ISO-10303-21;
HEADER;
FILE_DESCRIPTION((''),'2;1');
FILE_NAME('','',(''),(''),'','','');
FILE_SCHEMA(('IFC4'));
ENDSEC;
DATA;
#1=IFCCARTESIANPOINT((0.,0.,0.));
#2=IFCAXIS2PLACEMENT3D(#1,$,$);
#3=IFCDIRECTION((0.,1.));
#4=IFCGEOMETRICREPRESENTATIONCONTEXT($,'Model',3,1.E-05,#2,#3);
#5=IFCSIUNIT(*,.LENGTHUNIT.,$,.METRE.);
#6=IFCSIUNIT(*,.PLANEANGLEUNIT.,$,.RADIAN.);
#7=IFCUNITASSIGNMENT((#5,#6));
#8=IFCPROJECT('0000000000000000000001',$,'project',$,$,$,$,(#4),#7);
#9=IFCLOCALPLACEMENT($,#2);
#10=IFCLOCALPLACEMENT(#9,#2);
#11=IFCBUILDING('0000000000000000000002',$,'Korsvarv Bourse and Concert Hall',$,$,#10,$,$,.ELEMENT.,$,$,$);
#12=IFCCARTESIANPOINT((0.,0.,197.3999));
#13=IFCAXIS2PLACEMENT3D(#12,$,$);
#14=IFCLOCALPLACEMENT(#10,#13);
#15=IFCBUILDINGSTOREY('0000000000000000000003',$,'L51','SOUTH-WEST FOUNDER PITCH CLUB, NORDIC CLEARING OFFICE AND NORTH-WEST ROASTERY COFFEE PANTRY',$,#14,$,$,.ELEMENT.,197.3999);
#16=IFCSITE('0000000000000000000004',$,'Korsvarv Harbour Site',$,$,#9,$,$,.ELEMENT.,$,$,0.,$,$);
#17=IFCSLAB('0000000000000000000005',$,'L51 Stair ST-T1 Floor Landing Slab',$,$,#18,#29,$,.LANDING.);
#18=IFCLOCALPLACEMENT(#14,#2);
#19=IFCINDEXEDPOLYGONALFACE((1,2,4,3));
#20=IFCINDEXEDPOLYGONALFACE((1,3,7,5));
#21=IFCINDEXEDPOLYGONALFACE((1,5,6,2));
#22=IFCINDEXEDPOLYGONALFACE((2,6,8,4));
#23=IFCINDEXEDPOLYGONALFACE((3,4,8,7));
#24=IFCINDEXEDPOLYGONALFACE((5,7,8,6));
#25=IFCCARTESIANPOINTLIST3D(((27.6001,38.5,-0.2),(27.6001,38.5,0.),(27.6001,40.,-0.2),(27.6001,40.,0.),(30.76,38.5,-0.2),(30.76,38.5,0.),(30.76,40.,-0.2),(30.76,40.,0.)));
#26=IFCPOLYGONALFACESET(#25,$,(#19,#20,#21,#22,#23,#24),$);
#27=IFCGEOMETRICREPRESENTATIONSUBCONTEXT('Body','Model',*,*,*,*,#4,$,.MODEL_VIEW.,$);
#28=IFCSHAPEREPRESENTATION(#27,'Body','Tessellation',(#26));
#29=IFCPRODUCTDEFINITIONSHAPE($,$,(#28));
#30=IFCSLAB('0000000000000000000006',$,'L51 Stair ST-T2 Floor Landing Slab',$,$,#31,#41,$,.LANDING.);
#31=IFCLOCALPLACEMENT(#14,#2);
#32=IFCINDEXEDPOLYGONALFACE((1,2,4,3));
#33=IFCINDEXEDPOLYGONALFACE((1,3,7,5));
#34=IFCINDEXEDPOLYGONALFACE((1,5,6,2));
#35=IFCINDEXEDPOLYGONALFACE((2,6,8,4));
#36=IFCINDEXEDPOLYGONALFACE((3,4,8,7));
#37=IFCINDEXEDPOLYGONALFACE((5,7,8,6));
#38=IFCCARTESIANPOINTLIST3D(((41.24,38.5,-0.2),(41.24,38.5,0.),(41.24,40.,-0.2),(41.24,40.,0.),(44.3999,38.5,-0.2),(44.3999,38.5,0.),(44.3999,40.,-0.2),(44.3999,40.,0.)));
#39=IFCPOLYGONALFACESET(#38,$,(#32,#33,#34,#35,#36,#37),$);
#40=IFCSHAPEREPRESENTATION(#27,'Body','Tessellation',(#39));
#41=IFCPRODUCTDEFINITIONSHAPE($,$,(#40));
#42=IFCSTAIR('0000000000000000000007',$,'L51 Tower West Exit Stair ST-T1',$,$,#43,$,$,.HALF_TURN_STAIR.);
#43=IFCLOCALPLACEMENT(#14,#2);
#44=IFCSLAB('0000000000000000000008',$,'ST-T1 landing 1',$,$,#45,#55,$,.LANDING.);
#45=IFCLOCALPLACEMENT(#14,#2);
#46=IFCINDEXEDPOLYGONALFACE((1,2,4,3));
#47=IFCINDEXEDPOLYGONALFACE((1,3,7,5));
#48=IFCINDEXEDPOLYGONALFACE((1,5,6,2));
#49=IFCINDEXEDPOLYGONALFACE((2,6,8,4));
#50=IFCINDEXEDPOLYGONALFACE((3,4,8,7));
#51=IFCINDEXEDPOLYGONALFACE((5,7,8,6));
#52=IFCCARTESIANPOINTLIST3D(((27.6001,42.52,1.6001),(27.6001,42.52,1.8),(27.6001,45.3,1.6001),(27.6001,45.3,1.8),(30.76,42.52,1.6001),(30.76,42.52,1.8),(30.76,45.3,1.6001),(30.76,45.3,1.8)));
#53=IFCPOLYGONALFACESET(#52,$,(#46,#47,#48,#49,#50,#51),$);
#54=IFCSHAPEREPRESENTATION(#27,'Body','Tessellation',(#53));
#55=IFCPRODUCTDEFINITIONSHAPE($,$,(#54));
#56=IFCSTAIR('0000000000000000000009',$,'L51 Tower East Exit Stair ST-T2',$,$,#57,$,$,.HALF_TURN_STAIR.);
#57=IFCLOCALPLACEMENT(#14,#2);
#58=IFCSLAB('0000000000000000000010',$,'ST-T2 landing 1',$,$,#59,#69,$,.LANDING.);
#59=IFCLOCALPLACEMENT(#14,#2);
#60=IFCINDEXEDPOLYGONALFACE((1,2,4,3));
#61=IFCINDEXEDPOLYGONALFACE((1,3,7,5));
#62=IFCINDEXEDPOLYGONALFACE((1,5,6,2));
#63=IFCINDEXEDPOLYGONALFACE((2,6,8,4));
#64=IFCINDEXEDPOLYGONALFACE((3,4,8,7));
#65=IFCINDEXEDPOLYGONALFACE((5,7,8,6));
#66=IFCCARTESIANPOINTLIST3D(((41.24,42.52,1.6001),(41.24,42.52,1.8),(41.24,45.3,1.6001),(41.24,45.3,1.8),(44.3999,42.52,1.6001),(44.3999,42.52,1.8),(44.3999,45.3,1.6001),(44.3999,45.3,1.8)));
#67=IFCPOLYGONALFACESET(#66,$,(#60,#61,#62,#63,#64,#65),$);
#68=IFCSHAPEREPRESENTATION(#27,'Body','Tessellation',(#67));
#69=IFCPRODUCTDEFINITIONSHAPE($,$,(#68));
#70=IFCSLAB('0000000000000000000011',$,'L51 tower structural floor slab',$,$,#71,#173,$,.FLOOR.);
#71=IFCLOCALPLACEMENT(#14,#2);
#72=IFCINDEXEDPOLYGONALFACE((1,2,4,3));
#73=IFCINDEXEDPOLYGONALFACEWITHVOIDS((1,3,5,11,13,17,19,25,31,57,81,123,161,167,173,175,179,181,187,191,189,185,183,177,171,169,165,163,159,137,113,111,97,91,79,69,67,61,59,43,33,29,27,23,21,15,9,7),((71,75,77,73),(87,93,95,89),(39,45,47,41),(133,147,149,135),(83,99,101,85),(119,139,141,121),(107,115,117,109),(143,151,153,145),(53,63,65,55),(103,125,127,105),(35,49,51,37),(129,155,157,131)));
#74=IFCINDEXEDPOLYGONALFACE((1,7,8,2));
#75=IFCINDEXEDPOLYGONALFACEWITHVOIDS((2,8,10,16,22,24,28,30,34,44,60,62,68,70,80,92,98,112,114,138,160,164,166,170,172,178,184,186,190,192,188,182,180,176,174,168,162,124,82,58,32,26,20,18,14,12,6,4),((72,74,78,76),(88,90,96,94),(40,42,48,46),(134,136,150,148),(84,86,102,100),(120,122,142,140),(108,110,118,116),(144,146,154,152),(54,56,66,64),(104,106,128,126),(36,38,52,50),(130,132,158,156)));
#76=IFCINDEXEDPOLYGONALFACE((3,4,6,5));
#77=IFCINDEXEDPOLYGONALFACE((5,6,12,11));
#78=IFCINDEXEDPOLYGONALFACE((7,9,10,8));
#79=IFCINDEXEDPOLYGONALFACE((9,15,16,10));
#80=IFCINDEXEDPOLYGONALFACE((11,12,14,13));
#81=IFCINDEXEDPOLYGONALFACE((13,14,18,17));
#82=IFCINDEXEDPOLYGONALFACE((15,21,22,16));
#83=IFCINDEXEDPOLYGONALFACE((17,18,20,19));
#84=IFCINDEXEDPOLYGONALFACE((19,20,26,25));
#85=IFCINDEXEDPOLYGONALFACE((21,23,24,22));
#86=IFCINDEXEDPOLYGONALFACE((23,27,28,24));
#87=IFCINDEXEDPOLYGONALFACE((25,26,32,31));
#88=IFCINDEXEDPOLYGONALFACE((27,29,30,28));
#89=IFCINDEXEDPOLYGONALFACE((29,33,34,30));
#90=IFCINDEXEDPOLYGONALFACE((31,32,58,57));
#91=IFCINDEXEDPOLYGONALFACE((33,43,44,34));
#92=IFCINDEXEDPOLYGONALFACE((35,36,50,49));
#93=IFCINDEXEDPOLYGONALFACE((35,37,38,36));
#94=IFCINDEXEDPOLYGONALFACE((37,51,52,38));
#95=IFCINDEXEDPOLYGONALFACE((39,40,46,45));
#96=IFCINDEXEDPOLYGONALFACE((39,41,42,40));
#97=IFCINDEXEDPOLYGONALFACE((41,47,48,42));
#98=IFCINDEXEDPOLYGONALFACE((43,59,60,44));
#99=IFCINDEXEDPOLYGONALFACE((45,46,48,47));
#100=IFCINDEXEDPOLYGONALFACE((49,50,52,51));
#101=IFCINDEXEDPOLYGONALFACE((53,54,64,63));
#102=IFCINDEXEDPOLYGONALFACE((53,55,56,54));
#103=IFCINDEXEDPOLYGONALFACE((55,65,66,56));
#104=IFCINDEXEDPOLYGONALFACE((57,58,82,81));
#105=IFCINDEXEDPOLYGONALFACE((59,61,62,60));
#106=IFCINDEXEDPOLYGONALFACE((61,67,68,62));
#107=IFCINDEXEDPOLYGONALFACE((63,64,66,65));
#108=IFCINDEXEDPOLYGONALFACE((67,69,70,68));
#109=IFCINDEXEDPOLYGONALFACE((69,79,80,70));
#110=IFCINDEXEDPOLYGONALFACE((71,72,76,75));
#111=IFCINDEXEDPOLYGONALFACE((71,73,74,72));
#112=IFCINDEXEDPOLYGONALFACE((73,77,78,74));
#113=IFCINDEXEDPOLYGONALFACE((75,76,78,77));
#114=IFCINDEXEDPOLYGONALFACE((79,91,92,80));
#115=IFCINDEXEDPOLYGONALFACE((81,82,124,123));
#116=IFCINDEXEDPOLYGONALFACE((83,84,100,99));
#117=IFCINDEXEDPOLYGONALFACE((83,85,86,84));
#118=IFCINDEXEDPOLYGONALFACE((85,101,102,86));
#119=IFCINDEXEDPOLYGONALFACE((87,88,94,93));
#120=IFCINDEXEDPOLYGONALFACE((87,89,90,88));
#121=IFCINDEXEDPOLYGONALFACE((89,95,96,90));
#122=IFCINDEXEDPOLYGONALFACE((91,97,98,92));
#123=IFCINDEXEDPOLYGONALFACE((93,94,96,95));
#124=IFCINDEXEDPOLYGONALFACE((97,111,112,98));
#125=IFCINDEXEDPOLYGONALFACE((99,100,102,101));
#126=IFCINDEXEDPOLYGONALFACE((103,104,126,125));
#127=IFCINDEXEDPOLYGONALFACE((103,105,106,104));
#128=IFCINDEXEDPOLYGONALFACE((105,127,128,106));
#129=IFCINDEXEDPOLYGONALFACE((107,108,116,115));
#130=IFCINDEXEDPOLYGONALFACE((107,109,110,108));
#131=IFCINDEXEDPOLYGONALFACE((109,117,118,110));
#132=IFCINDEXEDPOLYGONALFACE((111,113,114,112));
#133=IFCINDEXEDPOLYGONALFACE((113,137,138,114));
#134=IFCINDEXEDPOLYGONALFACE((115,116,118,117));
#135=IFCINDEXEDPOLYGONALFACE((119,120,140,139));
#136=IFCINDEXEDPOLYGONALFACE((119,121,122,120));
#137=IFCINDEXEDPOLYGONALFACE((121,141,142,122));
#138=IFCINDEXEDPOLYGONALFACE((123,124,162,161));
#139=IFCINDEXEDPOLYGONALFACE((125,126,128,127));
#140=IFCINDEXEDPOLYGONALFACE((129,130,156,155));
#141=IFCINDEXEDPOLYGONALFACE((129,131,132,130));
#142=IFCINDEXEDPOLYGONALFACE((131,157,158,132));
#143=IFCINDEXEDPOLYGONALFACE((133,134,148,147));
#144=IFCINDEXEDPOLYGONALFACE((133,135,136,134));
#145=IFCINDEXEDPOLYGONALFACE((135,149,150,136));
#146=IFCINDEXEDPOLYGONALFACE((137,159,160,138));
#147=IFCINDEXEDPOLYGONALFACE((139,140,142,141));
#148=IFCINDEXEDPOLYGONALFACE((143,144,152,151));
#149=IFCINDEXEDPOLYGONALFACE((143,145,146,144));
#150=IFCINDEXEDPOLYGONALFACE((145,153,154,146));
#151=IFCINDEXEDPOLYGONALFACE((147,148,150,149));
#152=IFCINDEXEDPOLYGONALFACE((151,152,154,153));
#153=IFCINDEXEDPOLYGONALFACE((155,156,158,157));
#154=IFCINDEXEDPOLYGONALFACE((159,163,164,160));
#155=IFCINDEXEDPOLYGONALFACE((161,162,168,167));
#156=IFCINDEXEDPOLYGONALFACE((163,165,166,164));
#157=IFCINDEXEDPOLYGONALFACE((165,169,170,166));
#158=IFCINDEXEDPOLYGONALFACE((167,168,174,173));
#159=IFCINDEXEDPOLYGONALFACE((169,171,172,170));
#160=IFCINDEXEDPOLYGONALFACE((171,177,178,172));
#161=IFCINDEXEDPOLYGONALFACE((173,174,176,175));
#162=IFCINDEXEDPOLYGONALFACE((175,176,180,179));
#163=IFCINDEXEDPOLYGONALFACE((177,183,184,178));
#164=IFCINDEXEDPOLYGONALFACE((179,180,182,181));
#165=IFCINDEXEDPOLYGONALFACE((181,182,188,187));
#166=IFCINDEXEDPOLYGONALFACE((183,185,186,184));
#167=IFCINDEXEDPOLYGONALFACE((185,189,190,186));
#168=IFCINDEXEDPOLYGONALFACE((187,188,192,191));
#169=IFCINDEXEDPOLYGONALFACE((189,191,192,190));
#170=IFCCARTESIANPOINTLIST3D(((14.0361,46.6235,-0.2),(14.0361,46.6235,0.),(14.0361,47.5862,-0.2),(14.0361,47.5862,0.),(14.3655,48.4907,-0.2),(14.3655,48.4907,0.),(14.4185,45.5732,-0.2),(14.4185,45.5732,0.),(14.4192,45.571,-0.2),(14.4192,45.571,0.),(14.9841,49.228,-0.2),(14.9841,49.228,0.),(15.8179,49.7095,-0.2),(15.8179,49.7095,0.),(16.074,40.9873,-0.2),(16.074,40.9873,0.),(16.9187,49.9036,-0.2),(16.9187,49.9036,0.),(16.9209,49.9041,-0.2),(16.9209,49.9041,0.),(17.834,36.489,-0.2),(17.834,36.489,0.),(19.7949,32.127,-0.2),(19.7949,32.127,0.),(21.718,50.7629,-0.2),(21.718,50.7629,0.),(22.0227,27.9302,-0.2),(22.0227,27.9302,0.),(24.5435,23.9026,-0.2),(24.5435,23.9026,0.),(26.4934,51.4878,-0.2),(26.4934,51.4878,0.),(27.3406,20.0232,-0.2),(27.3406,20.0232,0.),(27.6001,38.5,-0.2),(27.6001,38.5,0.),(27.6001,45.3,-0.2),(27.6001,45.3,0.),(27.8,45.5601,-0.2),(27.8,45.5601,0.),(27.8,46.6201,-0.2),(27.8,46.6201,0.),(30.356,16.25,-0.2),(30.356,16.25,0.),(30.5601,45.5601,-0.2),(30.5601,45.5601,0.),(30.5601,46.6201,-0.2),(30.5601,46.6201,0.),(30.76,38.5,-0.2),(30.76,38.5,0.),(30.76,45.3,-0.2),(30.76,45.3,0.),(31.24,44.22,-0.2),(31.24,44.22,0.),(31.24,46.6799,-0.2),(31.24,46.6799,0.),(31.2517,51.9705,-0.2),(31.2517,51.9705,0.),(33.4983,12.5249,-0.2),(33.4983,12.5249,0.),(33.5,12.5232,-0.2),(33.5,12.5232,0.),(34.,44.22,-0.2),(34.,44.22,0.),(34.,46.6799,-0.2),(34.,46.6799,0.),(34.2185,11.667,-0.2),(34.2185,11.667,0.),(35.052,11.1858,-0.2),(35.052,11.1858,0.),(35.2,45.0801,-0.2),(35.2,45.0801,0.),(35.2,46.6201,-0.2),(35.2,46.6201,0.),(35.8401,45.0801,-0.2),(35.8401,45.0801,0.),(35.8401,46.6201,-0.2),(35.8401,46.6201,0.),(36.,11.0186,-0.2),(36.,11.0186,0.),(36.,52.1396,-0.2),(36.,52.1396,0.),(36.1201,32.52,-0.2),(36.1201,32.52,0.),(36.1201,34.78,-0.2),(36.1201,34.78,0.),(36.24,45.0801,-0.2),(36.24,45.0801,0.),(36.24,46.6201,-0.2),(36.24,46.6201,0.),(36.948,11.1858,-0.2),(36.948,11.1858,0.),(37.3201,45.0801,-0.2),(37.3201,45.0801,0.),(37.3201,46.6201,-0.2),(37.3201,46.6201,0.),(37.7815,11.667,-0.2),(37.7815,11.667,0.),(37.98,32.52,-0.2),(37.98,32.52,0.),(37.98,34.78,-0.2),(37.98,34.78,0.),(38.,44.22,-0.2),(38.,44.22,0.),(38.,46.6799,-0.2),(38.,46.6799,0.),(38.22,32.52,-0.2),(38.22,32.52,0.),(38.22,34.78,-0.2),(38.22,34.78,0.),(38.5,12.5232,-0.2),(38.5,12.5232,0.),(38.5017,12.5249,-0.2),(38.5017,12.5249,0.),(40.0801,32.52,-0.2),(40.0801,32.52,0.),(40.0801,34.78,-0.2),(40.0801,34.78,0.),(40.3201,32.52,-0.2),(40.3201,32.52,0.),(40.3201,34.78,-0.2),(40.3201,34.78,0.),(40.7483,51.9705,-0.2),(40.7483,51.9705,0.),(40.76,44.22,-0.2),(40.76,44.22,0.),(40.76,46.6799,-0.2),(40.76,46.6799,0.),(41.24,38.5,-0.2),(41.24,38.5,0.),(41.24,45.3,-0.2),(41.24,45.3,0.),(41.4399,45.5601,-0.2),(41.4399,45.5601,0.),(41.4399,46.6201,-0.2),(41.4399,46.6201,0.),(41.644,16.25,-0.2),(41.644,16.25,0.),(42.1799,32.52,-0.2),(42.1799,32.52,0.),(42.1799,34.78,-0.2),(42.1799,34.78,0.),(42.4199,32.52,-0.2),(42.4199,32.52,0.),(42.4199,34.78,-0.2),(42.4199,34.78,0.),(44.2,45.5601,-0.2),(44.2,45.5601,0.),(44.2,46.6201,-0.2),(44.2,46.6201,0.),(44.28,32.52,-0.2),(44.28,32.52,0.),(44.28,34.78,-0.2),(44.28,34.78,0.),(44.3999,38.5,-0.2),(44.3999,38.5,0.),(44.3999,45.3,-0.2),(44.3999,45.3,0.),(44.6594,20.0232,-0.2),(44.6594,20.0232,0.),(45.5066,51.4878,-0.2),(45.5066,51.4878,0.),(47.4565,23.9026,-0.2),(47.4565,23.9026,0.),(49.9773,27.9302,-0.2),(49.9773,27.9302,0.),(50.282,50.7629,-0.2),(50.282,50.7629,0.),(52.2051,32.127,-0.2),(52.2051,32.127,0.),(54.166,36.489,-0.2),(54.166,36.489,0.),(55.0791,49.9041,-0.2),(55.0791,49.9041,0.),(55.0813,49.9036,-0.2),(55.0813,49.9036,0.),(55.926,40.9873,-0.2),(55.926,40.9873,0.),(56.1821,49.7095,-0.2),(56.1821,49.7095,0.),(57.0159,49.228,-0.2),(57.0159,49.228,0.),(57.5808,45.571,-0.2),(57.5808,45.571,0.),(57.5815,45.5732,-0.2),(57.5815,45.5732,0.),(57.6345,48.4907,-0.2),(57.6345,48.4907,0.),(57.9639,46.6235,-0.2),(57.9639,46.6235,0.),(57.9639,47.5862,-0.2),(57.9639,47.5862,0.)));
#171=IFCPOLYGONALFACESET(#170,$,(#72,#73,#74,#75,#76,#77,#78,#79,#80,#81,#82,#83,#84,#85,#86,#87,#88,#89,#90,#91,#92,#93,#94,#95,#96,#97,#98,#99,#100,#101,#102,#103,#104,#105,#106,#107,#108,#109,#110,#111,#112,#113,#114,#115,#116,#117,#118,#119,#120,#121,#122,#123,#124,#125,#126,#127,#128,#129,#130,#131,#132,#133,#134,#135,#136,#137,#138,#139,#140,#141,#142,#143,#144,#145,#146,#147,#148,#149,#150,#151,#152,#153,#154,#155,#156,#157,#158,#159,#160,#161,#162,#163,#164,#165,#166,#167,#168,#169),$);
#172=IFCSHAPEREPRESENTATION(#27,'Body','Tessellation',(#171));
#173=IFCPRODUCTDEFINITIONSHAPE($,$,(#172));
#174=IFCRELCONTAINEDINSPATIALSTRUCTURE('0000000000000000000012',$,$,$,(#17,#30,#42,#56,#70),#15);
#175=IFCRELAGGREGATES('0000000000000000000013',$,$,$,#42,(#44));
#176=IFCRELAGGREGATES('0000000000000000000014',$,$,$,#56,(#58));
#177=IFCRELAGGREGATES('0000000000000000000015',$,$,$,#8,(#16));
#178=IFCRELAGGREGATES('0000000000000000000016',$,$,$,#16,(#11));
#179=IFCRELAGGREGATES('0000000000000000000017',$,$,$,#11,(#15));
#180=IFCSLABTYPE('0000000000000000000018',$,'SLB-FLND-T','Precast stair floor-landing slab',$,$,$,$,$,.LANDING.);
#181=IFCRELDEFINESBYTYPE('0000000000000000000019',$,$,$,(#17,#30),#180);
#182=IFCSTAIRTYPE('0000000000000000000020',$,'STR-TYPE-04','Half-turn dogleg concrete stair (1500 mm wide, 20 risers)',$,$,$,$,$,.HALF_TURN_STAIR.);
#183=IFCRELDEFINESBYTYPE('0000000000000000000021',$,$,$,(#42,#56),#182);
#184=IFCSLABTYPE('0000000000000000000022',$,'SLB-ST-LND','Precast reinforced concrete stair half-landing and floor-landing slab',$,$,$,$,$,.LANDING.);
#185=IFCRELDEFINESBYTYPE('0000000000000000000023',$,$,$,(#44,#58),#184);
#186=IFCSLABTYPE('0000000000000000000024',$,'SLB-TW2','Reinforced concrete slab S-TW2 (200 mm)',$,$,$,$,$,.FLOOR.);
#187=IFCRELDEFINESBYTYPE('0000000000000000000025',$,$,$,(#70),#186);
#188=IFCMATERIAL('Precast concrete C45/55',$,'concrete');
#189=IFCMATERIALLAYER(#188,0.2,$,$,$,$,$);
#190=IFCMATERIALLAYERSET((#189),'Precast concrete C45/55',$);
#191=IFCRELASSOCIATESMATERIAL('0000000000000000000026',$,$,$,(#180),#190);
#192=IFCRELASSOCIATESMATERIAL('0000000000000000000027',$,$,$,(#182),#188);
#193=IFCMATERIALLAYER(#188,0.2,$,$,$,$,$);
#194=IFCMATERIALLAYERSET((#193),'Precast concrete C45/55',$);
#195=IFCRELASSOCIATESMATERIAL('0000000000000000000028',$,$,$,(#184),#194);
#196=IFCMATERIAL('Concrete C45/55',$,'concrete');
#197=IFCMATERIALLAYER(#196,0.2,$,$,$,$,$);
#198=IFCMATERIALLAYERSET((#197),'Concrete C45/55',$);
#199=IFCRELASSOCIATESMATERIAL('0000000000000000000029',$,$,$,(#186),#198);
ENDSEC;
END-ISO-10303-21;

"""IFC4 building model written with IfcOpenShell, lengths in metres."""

from ifc_helpers import new_model, si_unit, direction, frame, origin, place, context, subcontext, project, spatial, polyline, outline, extrude, material, layer, layer_set, type_object, element, aggregate, save


model = new_model("IFC4")

# Units and contexts
model_context = context("Model", 3, precision=1e-05, world=origin(), true_north=direction((0.0, 1.0)))
body_context = subcontext(model_context, "Body", "Model", "MODEL_VIEW")
ifc_project = project(units=[si_unit("LENGTHUNIT", "METRE"), si_unit("PLANEANGLEUNIT", "RADIAN")], contexts=[model_context])

# Site, building, storey
site_placement = place(None, origin())
site = spatial("IfcSite", under=ifc_project, at=site_placement, Name="Korsvarv Harbour Site", CompositionType="ELEMENT", RefElevation=0.0)
building_placement = place(site_placement, origin())
building = spatial("IfcBuilding", under=site, at=building_placement, Name="Korsvarv Bourse and Concert Hall", CompositionType="ELEMENT")
storey_placement = place(building_placement, frame((0.0, 0.0, 197.3999)))
storey = spatial("IfcBuildingStorey", under=building, at=storey_placement, Name="L51", Description="SOUTH-WEST FOUNDER PITCH CLUB, NORDIC CLEARING OFFICE AND NORTH-WEST ROASTERY COFFEE PANTRY", CompositionType="ELEMENT", Elevation=197.3999)

# Slabs
ifc_material_1 = material(Name="Precast concrete C45/55", Category="concrete")
ifc_layer_1 = layer(ifc_material_1, 0.2)
ifc_layer_set_1 = layer_set([ifc_layer_1], Name="Precast concrete C45/55")
slab_type_1 = type_object("IfcSlabType", Name="SLB-FLND-T", Description="Precast stair floor-landing slab", PredefinedType="LANDING", material=ifc_layer_set_1)
slab_1_placement = place(storey_placement, frame((0.0, 0.0, -0.2)))
element("IfcSlab", 1, at=slab_1_placement, inside=storey, type_object=slab_type_1, Name="L51 Stair ST-T1 Floor Landing Slab", PredefinedType="LANDING", context=body_context, shape_type="SweptSolid", body=[
    extrude(outline(polyline([(30.76, 38.5), (30.76, 40.0), (27.6001, 40.0), (27.6001, 38.5), (30.76, 38.5)])), origin(), (0.0, 0.0, 1.0), 0.2),
])
slab_2_placement = place(storey_placement, frame((0.0, 0.0, -0.2)))
element("IfcSlab", 2, at=slab_2_placement, inside=storey, type_object=slab_type_1, Name="L51 Stair ST-T2 Floor Landing Slab", PredefinedType="LANDING", context=body_context, shape_type="SweptSolid", body=[
    extrude(outline(polyline([(44.3999, 38.5), (44.3999, 40.0), (41.24, 40.0), (41.24, 38.5), (44.3999, 38.5)])), origin(), (0.0, 0.0, 1.0), 0.2),
])

# Stairs, slabs
stair_type = type_object("IfcStairType", Name="STR-TYPE-04", Description="Half-turn dogleg concrete stair (1500 mm wide, 20 risers)", PredefinedType="HALF_TURN_STAIR", material=ifc_material_1)
stair_1_placement = place(storey_placement, origin())
stair_1 = element("IfcStair", 3, at=stair_1_placement, inside=storey, type_object=stair_type, Name="L51 Tower West Exit Stair ST-T1", PredefinedType="HALF_TURN_STAIR")
ifc_layer_2 = layer(ifc_material_1, 0.2)
ifc_layer_set_2 = layer_set([ifc_layer_2], Name="Precast concrete C45/55")
slab_type_2 = type_object("IfcSlabType", Name="SLB-ST-LND", Description="Precast reinforced concrete stair half-landing and floor-landing slab", PredefinedType="LANDING", material=ifc_layer_set_2)
slab_3_placement = place(storey_placement, frame((0.0, 0.0, 1.6001)))
slab_3 = element("IfcSlab", 4, at=slab_3_placement, type_object=slab_type_2, Name="ST-T1 landing 1", PredefinedType="LANDING", context=body_context, shape_type="SweptSolid", body=[
    extrude(outline(polyline([(30.76, 42.52), (30.76, 45.3), (27.6001, 45.3), (27.6001, 42.52), (30.76, 42.52)])), origin(), (0.0, 0.0, 1.0), 0.2),
])
aggregate(stair_1, [slab_3])
stair_2_placement = place(storey_placement, origin())
stair_2 = element("IfcStair", 5, at=stair_2_placement, inside=storey, type_object=stair_type, Name="L51 Tower East Exit Stair ST-T2", PredefinedType="HALF_TURN_STAIR")
slab_4_placement = place(storey_placement, frame((0.0, 0.0, 1.6001)))
slab_4 = element("IfcSlab", 6, at=slab_4_placement, type_object=slab_type_2, Name="ST-T2 landing 1", PredefinedType="LANDING", context=body_context, shape_type="SweptSolid", body=[
    extrude(outline(polyline([(44.3999, 42.52), (44.3999, 45.3), (41.24, 45.3), (41.24, 42.52), (44.3999, 42.52)])), origin(), (0.0, 0.0, 1.0), 0.2),
])
aggregate(stair_2, [slab_4])

# Slab
ifc_material_2 = material(Name="Concrete C45/55", Category="concrete")
ifc_layer_3 = layer(ifc_material_2, 0.2)
ifc_layer_set_3 = layer_set([ifc_layer_3], Name="Concrete C45/55")
slab_type_3 = type_object("IfcSlabType", Name="SLB-TW2", Description="Reinforced concrete slab S-TW2 (200 mm)", PredefinedType="FLOOR", material=ifc_layer_set_3)
slab_5_placement = place(storey_placement, frame((0.0, 0.0, -0.2)))
element("IfcSlab", 7, at=slab_5_placement, inside=storey, type_object=slab_type_3, Name="L51 tower structural floor slab", PredefinedType="FLOOR", context=body_context, shape_type="SweptSolid", body=[
    extrude(outline(polyline([(57.5808, 45.571), (55.926, 40.9873), (54.166, 36.489), (52.2051, 32.127), (49.9773, 27.9302), (47.4565, 23.9026), (44.6594, 20.0232), (41.644, 16.25), (38.5017, 12.5249), (38.5, 12.5232), (37.7815, 11.667), (36.948, 11.1858), (36.0, 11.0186), (35.052, 11.1858), (34.2185, 11.667), (33.5, 12.5232), (33.4983, 12.5249), (30.356, 16.25), (27.3406, 20.0232), (24.5435, 23.9026), (22.0227, 27.9302), (19.7949, 32.127), (17.834, 36.489), (16.074, 40.9873), (14.4192, 45.571), (14.4185, 45.5732), (14.0361, 46.6235), (14.0361, 47.5862), (14.3655, 48.4907), (14.9841, 49.228), (15.8179, 49.7095), (16.9187, 49.9036), (16.9209, 49.9041), (21.718, 50.7629), (26.4934, 51.4878), (31.2517, 51.9705), (36.0, 52.1396), (40.7483, 51.9705), (45.5066, 51.4878), (50.282, 50.7629), (55.0791, 49.9041), (55.0813, 49.9036), (56.1821, 49.7095), (57.0159, 49.228), (57.6345, 48.4907), (57.9639, 47.5862), (57.9639, 46.6235), (57.5815, 45.5732), (57.5808, 45.571)]), holes=[polyline([(30.76, 38.5), (30.76, 45.3), (27.6001, 45.3), (27.6001, 38.5), (30.76, 38.5)]), polyline([(44.3999, 38.5), (44.3999, 45.3), (41.24, 45.3), (41.24, 38.5), (44.3999, 38.5)]), polyline([(31.24, 44.22), (34.0, 44.22), (34.0, 46.6799), (31.24, 46.6799), (31.24, 44.22)]), polyline([(38.0, 44.22), (40.76, 44.22), (40.76, 46.6799), (38.0, 46.6799), (38.0, 44.22)]), polyline([(36.1201, 32.52), (37.98, 32.52), (37.98, 34.78), (36.1201, 34.78), (36.1201, 32.52)]), polyline([(38.22, 32.52), (40.0801, 32.52), (40.0801, 34.78), (38.22, 34.78), (38.22, 32.52)]), polyline([(40.3201, 32.52), (42.1799, 32.52), (42.1799, 34.78), (40.3201, 34.78), (40.3201, 32.52)]), polyline([(42.4199, 32.52), (44.28, 32.52), (44.28, 34.78), (42.4199, 34.78), (42.4199, 32.52)]), polyline([(27.8, 45.5601), (30.5601, 45.5601), (30.5601, 46.6201), (27.8, 46.6201), (27.8, 45.5601)]), polyline([(41.4399, 45.5601), (44.2, 45.5601), (44.2, 46.6201), (41.4399, 46.6201), (41.4399, 45.5601)]), polyline([(35.2, 45.0801), (35.8401, 45.0801), (35.8401, 46.6201), (35.2, 46.6201), (35.2, 45.0801)]), polyline([(36.24, 45.0801), (37.3201, 45.0801), (37.3201, 46.6201), (36.24, 46.6201), (36.24, 45.0801)])]), origin(), (0.0, 0.0, 1.0), 0.2),
])

save(model, "model.ifc")
